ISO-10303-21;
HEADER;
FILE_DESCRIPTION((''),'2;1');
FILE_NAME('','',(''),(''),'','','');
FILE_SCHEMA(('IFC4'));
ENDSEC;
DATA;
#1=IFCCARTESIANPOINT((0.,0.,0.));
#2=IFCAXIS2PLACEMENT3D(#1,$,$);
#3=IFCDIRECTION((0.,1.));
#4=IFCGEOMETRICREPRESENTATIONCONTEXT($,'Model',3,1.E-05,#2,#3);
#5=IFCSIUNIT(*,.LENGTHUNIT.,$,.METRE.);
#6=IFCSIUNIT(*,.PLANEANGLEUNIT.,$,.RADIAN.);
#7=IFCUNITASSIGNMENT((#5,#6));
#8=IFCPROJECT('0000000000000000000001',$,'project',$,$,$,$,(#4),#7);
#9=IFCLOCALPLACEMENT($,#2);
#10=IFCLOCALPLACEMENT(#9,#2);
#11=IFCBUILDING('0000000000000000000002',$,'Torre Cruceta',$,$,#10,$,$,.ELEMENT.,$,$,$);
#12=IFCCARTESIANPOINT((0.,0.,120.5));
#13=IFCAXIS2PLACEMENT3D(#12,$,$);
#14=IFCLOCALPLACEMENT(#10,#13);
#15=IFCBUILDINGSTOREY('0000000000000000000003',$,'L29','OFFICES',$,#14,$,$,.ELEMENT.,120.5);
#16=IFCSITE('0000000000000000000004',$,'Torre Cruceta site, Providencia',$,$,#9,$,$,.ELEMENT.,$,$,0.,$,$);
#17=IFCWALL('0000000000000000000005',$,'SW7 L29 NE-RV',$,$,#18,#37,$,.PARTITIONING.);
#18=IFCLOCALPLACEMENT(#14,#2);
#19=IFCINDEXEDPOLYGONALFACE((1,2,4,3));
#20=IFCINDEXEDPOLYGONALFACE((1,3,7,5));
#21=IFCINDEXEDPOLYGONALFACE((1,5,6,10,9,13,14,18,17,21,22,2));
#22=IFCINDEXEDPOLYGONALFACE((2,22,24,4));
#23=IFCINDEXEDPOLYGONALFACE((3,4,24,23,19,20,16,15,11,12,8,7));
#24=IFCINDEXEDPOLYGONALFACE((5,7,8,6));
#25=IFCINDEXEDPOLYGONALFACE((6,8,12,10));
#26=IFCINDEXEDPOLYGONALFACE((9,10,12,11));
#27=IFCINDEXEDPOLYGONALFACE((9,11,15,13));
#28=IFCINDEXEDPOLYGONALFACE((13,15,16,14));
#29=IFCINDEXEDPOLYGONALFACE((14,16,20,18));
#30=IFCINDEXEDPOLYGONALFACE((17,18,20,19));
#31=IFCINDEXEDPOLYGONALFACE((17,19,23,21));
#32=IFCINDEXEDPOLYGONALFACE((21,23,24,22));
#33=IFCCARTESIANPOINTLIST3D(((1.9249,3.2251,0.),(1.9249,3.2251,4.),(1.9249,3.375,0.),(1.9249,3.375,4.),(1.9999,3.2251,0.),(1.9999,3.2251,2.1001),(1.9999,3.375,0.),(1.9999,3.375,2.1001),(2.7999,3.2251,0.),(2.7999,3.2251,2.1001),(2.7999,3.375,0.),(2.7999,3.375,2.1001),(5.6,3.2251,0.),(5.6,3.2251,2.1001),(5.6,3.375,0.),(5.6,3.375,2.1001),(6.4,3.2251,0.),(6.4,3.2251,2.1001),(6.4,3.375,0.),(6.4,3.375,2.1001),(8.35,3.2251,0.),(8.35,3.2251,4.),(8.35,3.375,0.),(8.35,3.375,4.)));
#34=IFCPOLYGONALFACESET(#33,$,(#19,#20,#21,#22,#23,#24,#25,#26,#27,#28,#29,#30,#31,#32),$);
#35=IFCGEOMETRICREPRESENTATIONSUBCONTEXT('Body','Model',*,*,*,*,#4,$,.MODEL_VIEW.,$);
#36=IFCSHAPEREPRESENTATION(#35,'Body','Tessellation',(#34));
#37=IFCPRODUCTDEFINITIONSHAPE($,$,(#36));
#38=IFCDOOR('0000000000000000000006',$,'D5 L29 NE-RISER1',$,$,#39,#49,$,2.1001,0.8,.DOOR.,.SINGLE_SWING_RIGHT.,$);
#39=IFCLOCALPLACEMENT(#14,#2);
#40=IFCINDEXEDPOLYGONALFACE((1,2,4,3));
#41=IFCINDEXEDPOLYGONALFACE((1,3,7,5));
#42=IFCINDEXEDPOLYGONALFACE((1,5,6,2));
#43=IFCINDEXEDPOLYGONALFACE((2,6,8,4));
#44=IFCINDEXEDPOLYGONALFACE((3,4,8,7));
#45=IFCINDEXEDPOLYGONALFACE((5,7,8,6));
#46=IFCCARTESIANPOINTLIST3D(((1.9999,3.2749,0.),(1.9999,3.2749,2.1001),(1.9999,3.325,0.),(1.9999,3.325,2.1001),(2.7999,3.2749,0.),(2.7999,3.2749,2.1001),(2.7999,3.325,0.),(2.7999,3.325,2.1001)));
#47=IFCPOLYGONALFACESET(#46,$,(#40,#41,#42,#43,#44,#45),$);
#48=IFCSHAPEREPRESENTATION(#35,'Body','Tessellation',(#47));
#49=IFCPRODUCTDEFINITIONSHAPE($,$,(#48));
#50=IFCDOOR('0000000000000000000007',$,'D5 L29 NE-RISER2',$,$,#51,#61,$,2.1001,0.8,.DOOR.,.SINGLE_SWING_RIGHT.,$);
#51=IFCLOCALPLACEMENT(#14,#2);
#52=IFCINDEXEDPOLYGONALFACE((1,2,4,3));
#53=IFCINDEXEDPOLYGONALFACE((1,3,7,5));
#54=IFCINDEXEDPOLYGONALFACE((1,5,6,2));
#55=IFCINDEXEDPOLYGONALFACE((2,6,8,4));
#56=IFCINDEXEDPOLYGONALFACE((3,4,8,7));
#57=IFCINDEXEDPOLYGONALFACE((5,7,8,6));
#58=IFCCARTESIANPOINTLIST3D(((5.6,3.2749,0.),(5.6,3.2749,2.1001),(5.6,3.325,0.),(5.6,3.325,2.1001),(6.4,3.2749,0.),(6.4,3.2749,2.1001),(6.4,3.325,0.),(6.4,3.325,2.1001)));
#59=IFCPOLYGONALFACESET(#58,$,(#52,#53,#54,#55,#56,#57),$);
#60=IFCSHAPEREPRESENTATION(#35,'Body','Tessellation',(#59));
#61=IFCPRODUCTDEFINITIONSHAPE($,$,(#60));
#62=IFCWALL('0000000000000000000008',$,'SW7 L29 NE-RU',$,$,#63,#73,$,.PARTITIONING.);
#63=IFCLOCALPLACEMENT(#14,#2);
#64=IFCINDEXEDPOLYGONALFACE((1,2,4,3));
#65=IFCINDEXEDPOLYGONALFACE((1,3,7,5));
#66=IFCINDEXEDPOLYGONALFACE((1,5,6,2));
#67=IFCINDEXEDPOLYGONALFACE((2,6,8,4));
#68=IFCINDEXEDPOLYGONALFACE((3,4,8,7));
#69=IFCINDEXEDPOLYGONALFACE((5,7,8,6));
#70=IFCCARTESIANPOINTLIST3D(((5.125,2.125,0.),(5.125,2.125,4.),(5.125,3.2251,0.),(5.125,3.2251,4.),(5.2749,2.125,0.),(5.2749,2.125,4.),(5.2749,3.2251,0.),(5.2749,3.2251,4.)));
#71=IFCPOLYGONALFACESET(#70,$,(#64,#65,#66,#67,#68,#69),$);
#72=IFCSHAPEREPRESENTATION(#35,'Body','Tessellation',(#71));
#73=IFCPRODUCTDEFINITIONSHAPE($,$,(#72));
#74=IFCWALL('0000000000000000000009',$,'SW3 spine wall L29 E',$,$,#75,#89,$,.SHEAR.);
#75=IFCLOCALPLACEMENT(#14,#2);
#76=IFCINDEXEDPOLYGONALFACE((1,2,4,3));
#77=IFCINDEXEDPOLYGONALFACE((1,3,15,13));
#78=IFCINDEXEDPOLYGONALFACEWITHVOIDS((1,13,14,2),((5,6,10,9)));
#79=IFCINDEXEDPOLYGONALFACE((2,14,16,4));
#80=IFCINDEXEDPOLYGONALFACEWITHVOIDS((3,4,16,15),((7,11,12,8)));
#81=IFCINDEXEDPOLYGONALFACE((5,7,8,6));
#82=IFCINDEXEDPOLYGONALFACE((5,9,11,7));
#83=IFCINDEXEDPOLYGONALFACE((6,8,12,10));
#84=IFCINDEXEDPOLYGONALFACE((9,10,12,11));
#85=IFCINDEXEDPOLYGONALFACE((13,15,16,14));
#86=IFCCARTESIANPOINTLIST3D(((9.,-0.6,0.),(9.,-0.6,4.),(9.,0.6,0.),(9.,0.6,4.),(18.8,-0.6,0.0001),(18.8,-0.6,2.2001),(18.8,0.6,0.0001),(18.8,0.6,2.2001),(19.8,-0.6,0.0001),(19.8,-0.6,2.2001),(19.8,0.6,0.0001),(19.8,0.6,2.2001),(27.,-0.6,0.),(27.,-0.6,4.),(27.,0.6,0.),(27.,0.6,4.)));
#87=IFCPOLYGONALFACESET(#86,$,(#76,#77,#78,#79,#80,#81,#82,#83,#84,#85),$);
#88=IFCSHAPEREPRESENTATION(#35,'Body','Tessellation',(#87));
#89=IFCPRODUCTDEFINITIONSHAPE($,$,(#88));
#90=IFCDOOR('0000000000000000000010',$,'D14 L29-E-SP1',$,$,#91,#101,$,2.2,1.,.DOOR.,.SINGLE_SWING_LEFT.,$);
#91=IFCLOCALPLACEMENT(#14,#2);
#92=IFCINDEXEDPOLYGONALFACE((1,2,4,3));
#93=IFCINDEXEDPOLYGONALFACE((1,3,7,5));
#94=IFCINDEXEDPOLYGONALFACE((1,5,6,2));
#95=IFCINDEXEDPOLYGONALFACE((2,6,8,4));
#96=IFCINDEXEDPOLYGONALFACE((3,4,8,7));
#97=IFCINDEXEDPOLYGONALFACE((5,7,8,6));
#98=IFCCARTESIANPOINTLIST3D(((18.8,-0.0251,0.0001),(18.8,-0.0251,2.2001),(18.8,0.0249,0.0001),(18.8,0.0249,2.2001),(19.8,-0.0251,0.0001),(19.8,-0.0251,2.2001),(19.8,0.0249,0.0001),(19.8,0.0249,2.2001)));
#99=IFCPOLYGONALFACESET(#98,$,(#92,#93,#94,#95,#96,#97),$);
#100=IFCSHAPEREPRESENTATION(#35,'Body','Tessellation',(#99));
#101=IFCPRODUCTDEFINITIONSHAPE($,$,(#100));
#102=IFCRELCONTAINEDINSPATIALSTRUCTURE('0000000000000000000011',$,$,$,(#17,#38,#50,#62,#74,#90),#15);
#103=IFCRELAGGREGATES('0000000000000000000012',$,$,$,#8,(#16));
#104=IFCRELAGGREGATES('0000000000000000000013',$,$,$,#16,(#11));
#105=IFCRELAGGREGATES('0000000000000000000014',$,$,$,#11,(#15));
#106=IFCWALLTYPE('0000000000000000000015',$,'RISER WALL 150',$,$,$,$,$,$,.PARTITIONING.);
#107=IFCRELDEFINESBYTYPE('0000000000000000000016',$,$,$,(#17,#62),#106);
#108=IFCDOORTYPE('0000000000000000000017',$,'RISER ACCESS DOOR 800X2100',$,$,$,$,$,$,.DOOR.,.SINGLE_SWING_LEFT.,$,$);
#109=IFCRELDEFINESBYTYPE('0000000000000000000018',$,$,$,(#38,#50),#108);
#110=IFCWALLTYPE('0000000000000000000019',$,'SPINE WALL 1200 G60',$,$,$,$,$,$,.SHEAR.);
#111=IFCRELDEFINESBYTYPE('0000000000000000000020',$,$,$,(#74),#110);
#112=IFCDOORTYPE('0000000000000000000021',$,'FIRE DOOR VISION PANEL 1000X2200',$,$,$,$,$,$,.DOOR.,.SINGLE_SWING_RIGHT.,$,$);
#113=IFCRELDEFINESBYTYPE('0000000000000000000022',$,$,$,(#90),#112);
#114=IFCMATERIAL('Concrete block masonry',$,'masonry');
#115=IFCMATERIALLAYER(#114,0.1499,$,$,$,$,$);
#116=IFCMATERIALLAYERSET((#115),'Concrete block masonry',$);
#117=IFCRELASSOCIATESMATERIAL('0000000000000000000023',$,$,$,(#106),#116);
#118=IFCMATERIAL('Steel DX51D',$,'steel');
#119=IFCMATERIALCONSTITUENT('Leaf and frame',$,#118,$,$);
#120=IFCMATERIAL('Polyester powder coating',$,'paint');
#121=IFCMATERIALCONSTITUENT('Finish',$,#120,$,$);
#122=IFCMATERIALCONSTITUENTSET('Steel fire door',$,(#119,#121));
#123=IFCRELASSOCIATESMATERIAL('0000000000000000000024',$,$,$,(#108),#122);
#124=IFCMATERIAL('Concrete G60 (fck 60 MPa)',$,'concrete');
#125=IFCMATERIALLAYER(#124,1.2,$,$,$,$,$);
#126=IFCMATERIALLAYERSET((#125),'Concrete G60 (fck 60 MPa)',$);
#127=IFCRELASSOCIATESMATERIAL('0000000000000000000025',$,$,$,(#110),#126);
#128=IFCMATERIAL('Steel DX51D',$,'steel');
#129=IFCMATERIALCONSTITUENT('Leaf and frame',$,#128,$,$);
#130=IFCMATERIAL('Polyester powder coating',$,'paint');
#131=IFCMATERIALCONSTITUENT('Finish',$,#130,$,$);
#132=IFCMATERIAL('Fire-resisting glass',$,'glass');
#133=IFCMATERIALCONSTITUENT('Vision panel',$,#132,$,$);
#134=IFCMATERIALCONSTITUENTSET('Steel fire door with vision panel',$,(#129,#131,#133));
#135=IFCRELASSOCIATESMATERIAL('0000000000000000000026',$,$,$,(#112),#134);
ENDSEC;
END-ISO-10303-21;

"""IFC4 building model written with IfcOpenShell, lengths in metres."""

from ifc_helpers import new_model, si_unit, direction, frame, frame_2d, origin, place, context, subcontext, project, spatial, rectangle, extrude, material, layer, layer_set, constituent, constituent_set, type_object, element, fill, save


model = new_model("IFC4")

# Units and contexts
model_context = context("Model", 3, precision=1e-05, world=origin(), true_north=direction((0.0, 1.0)))
body_context = subcontext(model_context, "Body", "Model", "MODEL_VIEW")
ifc_project = project(units=[si_unit("LENGTHUNIT", "METRE"), si_unit("PLANEANGLEUNIT", "RADIAN")], contexts=[model_context])

# Site, building, storey
site_placement = place(None, origin())
site = spatial("IfcSite", under=ifc_project, at=site_placement, Name="Torre Cruceta site, Providencia", CompositionType="ELEMENT", RefElevation=0.0)
building_placement = place(site_placement, origin())
building = spatial("IfcBuilding", under=site, at=building_placement, Name="Torre Cruceta", CompositionType="ELEMENT")
storey_placement = place(building_placement, frame((0.0, 0.0, 120.5)))
storey = spatial("IfcBuildingStorey", under=building, at=storey_placement, Name="L29", Description="OFFICES", CompositionType="ELEMENT", Elevation=120.5)

# Wall, openings, doors
ifc_material_1 = material(Name="Concrete block masonry", Category="masonry")
ifc_layer_1 = layer(ifc_material_1, 0.1499)
ifc_layer_set_1 = layer_set([ifc_layer_1], Name="Concrete block masonry")
wall_type_1 = type_object("IfcWallType", Name="RISER WALL 150", PredefinedType="PARTITIONING", material=ifc_layer_set_1)
wall_1_placement = place(storey_placement, frame((1.925, 3.3, 0.0), z_axis=(0.0, 0.0, 1.0), x_axis=(1.0, 0.0, 0.0)))
wall_1 = element("IfcWall", 1, at=wall_1_placement, inside=storey, type_object=wall_type_1, Name="SW7 L29 NE-RV", PredefinedType="PARTITIONING", context=body_context, shape_type="SweptSolid", body=[
    extrude(rectangle(XDim=6.425, YDim=0.1499, at=frame_2d((3.2124, 0.0))), origin(), (0.0, 0.0, 1.0), 4.0),
])
opening_1_placement = place(wall_1_placement, frame((0.075, 0.0, 0.0)))
opening_1 = element("IfcOpeningElement", 2, at=opening_1_placement, cuts=wall_1, PredefinedType="OPENING", context=body_context, shape_type="SweptSolid", body=[
    extrude(rectangle(XDim=0.8, YDim=2.1001, at=frame_2d((0.3999, 1.05))), frame((0.0, 0.085, 0.0), z_axis=(0.0, -1.0, 0.0), x_axis=(1.0, 0.0, 0.0)), (0.0, 0.0, 1.0), 0.1699),
])
opening_2_placement = place(wall_1_placement, frame((3.675, 0.0, 0.0)))
opening_2 = element("IfcOpeningElement", 3, at=opening_2_placement, cuts=wall_1, PredefinedType="OPENING", context=body_context, shape_type="SweptSolid", body=[
    extrude(rectangle(XDim=0.8, YDim=2.1001, at=frame_2d((0.3999, 1.05))), frame((0.0, 0.085, 0.0), z_axis=(0.0, -1.0, 0.0), x_axis=(1.0, 0.0, 0.0)), (0.0, 0.0, 1.0), 0.1699),
])
ifc_material_2 = material(Name="Steel DX51D", Category="steel")
ifc_constituent_1 = constituent(ifc_material_2, Name="Leaf and frame")
ifc_material_3 = material(Name="Polyester powder coating", Category="paint")
ifc_constituent_2 = constituent(ifc_material_3, Name="Finish")
ifc_constituent_set_1 = constituent_set(constituents=[ifc_constituent_1, ifc_constituent_2], Name="Steel fire door")
door_type_1 = type_object("IfcDoorType", Name="RISER ACCESS DOOR 800X2100", OperationType="SINGLE_SWING_LEFT", PredefinedType="DOOR", material=ifc_constituent_set_1)
door_1_placement = place(opening_1_placement, frame((0.8, 0.0, 0.0), z_axis=(0.0, 0.0, 1.0), x_axis=(-1.0, 0.0, 0.0)))
door_1 = element("IfcDoor", 4, at=door_1_placement, inside=storey, type_object=door_type_1, Name="D5 L29 NE-RISER1", OperationType="SINGLE_SWING_RIGHT", OverallHeight=2.1001, OverallWidth=0.8, PredefinedType="DOOR", context=body_context, shape_type="SweptSolid", body=[
    extrude(rectangle(XDim=0.8, YDim=2.1001, at=frame_2d((0.4001, 1.05))), frame((0.0, 0.0251, 0.0), z_axis=(0.0, -1.0, 0.0), x_axis=(1.0, 0.0, 0.0)), (0.0, 0.0, 1.0), 0.05),
])
fill(opening_1, door_1)
door_2_placement = place(opening_2_placement, frame((0.8, 0.0, 0.0), z_axis=(0.0, 0.0, 1.0), x_axis=(-1.0, 0.0, 0.0)))
door_2 = element("IfcDoor", 5, at=door_2_placement, inside=storey, type_object=door_type_1, Name="D5 L29 NE-RISER2", OperationType="SINGLE_SWING_RIGHT", OverallHeight=2.1001, OverallWidth=0.8, PredefinedType="DOOR", context=body_context, shape_type="SweptSolid", body=[
    extrude(rectangle(XDim=0.8, YDim=2.1001, at=frame_2d((0.4001, 1.05))), frame((0.0, 0.0251, 0.0), z_axis=(0.0, -1.0, 0.0), x_axis=(1.0, 0.0, 0.0)), (0.0, 0.0, 1.0), 0.05),
])
fill(opening_2, door_2)

# Wall
wall_2_placement = place(storey_placement, frame((5.2, 2.125, 0.0), z_axis=(0.0, 0.0, 1.0), x_axis=(0.0, 1.0, 0.0)))
element("IfcWall", 6, at=wall_2_placement, inside=storey, type_object=wall_type_1, Name="SW7 L29 NE-RU", PredefinedType="PARTITIONING", context=body_context, shape_type="SweptSolid", body=[
    extrude(rectangle(XDim=1.1001, YDim=0.1499, at=frame_2d((0.55, 0.0))), origin(), (0.0, 0.0, 1.0), 4.0),
])

# Wall, opening, door
ifc_material_4 = material(Name="Concrete G60 (fck 60 MPa)", Category="concrete")
ifc_layer_2 = layer(ifc_material_4, 1.2)
ifc_layer_set_2 = layer_set([ifc_layer_2], Name="Concrete G60 (fck 60 MPa)")
wall_type_2 = type_object("IfcWallType", Name="SPINE WALL 1200 G60", PredefinedType="SHEAR", material=ifc_layer_set_2)
wall_3_placement = place(storey_placement, frame((9.0, 0.0, 0.0), z_axis=(0.0, 0.0, 1.0), x_axis=(1.0, 0.0, 0.0)))
wall_3 = element("IfcWall", 7, at=wall_3_placement, inside=storey, type_object=wall_type_2, Name="SW3 spine wall L29 E", PredefinedType="SHEAR", context=body_context, shape_type="SweptSolid", body=[
    extrude(rectangle(XDim=18.0, YDim=1.2, at=frame_2d((9.0, 0.0))), origin(), (0.0, 0.0, 1.0), 4.0),
])
opening_3_placement = place(wall_3_placement, frame((9.8, 0.0, 0.0)))
opening_3 = element("IfcOpeningElement", 8, at=opening_3_placement, cuts=wall_3, PredefinedType="OPENING", context=body_context, shape_type="SweptSolid", body=[
    extrude(rectangle(XDim=1.0, YDim=2.2, at=frame_2d((0.5, 1.1001))), frame((0.0, 0.6099, 0.0), z_axis=(0.0, -1.0, 0.0), x_axis=(1.0, 0.0, 0.0)), (0.0, 0.0, 1.0), 1.22),
])
ifc_material_5 = material(Name="Steel DX51D", Category="steel")
ifc_constituent_3 = constituent(ifc_material_5, Name="Leaf and frame")
ifc_material_6 = material(Name="Polyester powder coating", Category="paint")
ifc_constituent_4 = constituent(ifc_material_6, Name="Finish")
ifc_material_7 = material(Name="Fire-resisting glass", Category="glass")
ifc_constituent_5 = constituent(ifc_material_7, Name="Vision panel")
ifc_constituent_set_2 = constituent_set(constituents=[ifc_constituent_3, ifc_constituent_4, ifc_constituent_5], Name="Steel fire door with vision panel")
door_type_2 = type_object("IfcDoorType", Name="FIRE DOOR VISION PANEL 1000X2200", OperationType="SINGLE_SWING_RIGHT", PredefinedType="DOOR", material=ifc_constituent_set_2)
door_3_placement = place(opening_3_placement, frame((1.0, 0.0, 0.0), z_axis=(0.0, 0.0, 1.0), x_axis=(-1.0, 0.0, 0.0)))
door_3 = element("IfcDoor", 9, at=door_3_placement, inside=storey, type_object=door_type_2, Name="D14 L29-E-SP1", OperationType="SINGLE_SWING_LEFT", OverallHeight=2.2, OverallWidth=1.0, PredefinedType="DOOR", context=body_context, shape_type="SweptSolid", body=[
    extrude(rectangle(XDim=1.0, YDim=2.2, at=frame_2d((0.5, 1.1001))), frame((0.0, 0.0251, 0.0), z_axis=(0.0, -1.0, 0.0), x_axis=(1.0, 0.0, 0.0)), (0.0, 0.0, 1.0), 0.05),
])
fill(opening_3, door_3)

save(model, "model.ifc")
